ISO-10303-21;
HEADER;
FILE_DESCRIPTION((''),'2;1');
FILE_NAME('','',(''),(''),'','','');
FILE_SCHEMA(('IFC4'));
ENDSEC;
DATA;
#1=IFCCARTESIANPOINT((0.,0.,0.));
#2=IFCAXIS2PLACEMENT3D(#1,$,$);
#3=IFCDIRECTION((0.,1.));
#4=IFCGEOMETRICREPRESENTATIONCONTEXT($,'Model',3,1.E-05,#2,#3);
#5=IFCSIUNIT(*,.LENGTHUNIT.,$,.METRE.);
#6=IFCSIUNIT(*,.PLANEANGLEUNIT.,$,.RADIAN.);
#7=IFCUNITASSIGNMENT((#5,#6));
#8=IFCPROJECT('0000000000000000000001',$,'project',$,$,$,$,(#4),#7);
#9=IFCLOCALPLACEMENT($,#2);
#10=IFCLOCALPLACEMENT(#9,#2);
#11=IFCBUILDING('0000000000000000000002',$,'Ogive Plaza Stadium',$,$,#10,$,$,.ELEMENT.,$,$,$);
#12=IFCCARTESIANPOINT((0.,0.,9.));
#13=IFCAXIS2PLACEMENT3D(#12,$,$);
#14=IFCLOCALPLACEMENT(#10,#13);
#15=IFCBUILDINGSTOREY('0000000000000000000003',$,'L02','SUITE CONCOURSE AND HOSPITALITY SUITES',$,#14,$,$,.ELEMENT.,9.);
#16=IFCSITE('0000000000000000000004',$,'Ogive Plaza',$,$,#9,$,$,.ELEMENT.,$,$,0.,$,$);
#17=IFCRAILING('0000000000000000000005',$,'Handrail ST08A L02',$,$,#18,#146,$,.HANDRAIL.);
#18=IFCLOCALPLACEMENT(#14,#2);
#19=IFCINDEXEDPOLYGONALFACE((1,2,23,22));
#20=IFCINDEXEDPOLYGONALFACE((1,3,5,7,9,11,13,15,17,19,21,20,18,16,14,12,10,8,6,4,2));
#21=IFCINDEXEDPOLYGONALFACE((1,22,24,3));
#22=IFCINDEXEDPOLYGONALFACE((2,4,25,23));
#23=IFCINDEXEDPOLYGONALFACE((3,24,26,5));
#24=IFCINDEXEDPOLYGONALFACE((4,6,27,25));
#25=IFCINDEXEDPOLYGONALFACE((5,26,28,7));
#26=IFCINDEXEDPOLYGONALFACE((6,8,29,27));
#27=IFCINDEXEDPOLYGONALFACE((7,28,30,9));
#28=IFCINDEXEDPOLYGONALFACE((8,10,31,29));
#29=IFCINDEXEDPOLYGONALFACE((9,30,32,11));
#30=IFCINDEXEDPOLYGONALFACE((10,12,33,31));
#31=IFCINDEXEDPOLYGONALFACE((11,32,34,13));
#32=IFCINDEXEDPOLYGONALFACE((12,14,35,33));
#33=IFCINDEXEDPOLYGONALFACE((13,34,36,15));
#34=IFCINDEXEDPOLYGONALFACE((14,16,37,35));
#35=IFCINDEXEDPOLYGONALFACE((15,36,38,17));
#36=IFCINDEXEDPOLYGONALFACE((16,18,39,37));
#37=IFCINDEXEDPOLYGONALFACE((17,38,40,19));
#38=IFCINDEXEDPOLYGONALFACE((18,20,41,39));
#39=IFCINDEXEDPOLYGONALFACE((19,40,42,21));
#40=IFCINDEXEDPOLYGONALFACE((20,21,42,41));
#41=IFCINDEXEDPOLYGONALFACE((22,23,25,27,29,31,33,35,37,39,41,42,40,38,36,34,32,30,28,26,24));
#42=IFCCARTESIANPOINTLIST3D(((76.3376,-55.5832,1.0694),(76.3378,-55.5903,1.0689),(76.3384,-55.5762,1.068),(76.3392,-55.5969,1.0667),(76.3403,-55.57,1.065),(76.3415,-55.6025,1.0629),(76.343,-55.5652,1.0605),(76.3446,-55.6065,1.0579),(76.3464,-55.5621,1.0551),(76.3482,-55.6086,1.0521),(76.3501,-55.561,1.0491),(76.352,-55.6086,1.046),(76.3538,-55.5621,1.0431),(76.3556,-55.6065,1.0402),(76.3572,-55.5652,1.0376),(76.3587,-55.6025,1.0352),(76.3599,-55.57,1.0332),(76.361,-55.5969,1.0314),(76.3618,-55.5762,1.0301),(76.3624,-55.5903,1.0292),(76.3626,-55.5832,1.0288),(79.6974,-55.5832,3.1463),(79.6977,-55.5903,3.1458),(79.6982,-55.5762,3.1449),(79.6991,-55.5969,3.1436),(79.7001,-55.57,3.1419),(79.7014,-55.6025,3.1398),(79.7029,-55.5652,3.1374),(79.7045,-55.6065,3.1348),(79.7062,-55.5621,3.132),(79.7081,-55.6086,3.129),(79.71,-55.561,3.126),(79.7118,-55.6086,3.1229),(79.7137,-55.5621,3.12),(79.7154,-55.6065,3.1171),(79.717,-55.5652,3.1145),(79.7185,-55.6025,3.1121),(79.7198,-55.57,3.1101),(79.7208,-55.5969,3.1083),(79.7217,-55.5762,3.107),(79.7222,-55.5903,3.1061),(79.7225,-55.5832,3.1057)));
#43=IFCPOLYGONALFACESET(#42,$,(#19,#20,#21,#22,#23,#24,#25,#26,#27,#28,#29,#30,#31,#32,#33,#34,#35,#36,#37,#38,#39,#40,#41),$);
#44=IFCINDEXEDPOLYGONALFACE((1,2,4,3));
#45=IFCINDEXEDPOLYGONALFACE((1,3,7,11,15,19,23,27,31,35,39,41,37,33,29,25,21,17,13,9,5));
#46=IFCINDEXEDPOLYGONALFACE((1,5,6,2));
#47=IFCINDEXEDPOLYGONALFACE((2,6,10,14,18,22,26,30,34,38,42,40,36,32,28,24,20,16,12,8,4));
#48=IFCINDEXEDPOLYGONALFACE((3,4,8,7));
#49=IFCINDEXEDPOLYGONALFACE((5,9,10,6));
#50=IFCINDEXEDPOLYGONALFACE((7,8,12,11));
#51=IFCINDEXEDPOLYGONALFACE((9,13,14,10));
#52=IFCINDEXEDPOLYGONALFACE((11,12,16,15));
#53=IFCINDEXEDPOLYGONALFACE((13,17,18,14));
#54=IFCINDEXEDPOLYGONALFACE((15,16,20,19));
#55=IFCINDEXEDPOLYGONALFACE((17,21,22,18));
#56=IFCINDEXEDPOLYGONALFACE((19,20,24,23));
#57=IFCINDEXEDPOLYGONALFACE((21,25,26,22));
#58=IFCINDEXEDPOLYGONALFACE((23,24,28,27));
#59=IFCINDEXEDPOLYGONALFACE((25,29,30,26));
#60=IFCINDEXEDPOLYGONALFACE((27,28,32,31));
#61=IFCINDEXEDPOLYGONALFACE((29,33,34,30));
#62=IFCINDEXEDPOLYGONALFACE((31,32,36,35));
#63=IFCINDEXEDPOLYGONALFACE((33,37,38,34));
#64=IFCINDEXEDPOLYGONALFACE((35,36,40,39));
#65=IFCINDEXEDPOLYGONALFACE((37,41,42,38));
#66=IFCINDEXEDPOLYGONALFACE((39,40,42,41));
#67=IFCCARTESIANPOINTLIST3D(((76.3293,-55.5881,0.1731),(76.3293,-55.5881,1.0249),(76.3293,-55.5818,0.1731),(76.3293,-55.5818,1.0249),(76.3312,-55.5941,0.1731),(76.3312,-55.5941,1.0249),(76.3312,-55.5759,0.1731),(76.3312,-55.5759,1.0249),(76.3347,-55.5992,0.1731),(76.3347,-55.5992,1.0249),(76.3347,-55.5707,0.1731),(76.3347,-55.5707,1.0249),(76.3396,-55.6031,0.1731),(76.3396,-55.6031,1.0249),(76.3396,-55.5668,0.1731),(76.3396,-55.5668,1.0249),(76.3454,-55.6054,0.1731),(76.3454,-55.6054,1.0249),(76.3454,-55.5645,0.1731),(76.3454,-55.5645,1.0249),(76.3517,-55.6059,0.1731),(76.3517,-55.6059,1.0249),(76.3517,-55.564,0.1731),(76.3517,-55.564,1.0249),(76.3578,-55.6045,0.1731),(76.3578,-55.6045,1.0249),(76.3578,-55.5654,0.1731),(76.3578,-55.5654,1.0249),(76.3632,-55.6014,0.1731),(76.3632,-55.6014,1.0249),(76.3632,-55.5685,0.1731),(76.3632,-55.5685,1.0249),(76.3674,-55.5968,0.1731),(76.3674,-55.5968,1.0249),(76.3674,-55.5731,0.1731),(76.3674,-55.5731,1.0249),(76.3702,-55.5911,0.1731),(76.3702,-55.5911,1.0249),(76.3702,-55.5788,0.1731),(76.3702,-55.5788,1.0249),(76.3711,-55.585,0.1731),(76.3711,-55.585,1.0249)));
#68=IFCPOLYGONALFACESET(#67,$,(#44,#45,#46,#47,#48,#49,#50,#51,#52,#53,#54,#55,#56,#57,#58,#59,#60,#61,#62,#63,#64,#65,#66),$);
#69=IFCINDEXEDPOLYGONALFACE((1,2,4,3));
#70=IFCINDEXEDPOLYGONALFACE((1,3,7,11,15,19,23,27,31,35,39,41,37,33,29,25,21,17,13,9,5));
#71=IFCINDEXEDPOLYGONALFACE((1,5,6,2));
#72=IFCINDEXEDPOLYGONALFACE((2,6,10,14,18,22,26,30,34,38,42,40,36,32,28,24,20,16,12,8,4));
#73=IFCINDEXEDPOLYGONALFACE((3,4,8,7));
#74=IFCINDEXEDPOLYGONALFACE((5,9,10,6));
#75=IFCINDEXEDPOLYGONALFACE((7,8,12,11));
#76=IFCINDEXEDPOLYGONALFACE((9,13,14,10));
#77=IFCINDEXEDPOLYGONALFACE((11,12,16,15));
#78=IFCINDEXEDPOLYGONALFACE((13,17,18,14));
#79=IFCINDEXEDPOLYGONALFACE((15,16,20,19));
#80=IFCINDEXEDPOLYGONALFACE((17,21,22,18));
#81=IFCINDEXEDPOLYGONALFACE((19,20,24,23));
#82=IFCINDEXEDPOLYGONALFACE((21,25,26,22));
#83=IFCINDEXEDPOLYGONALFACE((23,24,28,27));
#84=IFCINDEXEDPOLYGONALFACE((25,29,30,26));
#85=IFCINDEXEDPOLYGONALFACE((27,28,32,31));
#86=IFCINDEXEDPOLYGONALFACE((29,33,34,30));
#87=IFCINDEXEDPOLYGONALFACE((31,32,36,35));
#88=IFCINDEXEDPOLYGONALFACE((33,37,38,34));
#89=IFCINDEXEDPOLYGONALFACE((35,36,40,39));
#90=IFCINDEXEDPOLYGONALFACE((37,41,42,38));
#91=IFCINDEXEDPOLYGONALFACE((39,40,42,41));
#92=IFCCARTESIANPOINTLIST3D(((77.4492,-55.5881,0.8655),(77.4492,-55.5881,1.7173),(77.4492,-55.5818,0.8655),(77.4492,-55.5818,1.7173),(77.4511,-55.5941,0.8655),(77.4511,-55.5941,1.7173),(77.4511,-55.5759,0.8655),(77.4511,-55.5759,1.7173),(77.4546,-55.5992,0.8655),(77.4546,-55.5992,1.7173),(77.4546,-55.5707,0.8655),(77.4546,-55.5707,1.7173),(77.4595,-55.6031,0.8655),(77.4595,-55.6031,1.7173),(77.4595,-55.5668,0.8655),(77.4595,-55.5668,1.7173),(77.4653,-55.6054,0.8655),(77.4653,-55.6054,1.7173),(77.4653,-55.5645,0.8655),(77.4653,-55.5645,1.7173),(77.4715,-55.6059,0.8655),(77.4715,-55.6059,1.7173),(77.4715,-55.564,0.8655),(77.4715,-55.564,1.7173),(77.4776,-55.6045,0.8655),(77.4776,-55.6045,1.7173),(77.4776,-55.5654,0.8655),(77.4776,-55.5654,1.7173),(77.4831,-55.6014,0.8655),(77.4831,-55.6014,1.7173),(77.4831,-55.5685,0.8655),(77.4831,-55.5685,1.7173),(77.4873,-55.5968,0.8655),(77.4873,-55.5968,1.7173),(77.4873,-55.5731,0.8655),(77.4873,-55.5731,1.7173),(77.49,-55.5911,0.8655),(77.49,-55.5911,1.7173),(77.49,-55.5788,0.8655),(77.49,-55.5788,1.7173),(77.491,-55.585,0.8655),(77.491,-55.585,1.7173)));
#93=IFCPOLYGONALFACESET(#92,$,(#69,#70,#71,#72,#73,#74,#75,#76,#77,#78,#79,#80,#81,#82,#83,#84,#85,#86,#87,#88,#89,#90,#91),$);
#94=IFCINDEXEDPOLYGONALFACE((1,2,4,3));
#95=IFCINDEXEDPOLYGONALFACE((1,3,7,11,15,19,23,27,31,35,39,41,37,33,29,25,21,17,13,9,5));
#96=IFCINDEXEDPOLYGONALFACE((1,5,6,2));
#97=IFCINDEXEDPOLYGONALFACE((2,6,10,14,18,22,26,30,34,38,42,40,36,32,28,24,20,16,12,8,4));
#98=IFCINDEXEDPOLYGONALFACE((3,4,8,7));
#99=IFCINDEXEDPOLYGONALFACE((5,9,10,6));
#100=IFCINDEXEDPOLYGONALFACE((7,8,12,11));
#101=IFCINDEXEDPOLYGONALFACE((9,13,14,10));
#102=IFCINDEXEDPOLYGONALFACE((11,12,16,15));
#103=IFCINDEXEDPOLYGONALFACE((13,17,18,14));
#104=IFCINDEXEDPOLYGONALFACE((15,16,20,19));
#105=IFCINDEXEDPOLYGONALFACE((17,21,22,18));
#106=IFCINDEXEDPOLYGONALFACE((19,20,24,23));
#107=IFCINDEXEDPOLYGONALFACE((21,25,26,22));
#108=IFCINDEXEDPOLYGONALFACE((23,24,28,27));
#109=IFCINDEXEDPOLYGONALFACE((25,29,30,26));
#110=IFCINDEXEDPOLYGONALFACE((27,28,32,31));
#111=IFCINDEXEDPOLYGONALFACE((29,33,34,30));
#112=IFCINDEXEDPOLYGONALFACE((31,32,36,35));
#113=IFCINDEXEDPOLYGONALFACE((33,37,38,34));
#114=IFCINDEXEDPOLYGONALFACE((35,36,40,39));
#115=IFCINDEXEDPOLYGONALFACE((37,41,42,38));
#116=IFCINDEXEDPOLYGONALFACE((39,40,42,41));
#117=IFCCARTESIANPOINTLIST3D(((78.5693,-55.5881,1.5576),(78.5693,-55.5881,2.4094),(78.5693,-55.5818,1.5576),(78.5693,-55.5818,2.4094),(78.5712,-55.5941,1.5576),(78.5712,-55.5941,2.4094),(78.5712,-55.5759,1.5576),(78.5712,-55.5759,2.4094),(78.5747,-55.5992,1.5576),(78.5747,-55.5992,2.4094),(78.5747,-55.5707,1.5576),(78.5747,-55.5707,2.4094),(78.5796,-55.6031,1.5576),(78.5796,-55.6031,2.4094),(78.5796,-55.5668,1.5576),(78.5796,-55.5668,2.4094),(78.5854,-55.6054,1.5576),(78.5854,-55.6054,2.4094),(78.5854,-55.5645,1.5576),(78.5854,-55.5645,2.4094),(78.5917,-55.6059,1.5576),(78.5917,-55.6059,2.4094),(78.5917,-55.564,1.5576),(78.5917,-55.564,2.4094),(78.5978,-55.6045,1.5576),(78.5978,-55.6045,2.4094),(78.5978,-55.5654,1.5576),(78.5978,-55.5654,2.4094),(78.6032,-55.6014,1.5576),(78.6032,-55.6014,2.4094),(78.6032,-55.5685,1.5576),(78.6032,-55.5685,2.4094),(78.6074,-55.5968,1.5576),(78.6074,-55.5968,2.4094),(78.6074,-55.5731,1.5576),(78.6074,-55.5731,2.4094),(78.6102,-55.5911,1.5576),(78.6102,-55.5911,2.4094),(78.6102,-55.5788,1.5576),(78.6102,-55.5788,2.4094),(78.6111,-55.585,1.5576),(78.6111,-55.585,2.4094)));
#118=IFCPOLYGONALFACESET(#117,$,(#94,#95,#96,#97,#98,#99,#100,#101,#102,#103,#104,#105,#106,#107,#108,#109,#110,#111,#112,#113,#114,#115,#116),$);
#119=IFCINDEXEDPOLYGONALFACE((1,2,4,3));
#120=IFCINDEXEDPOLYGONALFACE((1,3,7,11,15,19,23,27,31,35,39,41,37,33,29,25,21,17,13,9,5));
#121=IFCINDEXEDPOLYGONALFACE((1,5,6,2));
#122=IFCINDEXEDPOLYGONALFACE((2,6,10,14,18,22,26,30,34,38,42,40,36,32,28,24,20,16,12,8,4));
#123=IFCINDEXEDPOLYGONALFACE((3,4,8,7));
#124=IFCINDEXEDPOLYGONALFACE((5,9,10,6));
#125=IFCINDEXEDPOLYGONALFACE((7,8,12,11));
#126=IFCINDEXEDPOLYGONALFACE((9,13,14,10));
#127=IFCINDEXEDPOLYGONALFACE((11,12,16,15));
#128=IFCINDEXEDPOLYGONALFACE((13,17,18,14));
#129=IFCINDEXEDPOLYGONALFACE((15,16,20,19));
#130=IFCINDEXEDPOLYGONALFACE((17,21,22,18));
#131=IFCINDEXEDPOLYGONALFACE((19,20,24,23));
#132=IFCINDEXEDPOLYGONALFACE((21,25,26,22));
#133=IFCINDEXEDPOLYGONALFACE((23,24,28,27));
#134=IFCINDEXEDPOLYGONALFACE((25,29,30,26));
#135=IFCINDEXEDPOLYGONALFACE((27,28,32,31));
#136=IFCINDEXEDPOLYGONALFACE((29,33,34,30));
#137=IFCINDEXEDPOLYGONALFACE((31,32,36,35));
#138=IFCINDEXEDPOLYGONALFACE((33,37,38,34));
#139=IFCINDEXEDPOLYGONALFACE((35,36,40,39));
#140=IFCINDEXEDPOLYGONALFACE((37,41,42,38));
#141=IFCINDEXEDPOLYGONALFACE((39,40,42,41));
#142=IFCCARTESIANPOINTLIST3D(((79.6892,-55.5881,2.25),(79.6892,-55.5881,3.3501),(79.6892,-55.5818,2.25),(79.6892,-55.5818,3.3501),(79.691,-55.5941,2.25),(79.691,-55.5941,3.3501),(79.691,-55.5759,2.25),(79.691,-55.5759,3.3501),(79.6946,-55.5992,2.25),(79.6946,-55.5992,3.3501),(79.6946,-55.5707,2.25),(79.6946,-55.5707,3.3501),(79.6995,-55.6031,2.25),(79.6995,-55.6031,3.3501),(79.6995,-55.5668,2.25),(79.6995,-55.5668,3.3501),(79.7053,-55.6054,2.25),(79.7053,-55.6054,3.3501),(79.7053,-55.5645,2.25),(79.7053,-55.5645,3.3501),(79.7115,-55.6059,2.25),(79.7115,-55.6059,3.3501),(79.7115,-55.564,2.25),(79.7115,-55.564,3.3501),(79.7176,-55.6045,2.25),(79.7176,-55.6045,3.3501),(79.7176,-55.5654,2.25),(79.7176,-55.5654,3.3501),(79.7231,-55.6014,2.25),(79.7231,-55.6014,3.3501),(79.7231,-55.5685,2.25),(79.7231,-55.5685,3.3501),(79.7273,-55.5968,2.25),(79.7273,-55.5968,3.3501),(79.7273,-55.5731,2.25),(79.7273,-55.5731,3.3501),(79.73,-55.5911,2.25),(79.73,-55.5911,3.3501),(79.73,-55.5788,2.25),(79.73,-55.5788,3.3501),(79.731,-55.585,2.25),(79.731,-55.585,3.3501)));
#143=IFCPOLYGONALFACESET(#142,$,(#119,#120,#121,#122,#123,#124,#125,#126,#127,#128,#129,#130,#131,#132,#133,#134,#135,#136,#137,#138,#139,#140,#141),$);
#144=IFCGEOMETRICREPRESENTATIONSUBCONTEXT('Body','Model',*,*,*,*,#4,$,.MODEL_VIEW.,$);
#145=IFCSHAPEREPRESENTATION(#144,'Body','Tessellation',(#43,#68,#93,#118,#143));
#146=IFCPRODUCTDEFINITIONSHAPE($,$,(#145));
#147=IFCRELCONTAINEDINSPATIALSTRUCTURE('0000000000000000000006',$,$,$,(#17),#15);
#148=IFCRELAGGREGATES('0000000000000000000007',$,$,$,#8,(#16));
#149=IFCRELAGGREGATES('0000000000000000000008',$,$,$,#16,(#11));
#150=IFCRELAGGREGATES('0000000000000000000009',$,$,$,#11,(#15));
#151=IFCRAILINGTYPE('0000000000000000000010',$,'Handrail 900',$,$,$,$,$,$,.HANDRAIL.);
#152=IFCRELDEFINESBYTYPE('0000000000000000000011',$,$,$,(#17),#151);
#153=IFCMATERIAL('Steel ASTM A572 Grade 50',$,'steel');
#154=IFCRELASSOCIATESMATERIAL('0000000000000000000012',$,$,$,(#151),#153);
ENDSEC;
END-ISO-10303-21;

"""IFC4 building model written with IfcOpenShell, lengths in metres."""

from ifc_helpers import new_model, si_unit, direction, frame, origin, origin_2d, place, context, subcontext, project, spatial, circle, extrude, material, type_object, element, save


model = new_model("IFC4")

# Units and contexts
model_context = context("Model", 3, precision=1e-05, world=origin(), true_north=direction((0.0, 1.0)))
body_context = subcontext(model_context, "Body", "Model", "MODEL_VIEW")
ifc_project = project(units=[si_unit("LENGTHUNIT", "METRE"), si_unit("PLANEANGLEUNIT", "RADIAN")], contexts=[model_context])

# Site, building, storey
site_placement = place(None, origin())
site = spatial("IfcSite", under=ifc_project, at=site_placement, Name="Ogive Plaza", CompositionType="ELEMENT", RefElevation=0.0)
building_placement = place(site_placement, origin())
building = spatial("IfcBuilding", under=site, at=building_placement, Name="Ogive Plaza Stadium", CompositionType="ELEMENT")
storey_placement = place(building_placement, frame((0.0, 0.0, 9.0)))
storey = spatial("IfcBuildingStorey", under=building, at=storey_placement, Name="L02", Description="SUITE CONCOURSE AND HOSPITALITY SUITES", CompositionType="ELEMENT", Elevation=9.0)

# Railing
ifc_material_1 = material(Name="Steel ASTM A572 Grade 50", Category="steel")
railing_type_1 = type_object("IfcRailingType", Name="Handrail 900", PredefinedType="HANDRAIL", material=ifc_material_1)
for number, where, name in (
    (1, (76.3501, -55.585, 0.1731), "Handrail ST08A L02"),
):
    element("IfcRailing", number, at=place(storey_placement, frame(where)), inside=storey, type_object=railing_type_1, Name=name, PredefinedType="HANDRAIL", context=body_context, shape_type="SweptSolid", body=[
        extrude(circle(Radius=0.0239, at=origin_2d()), frame((0.0, 0.0, 0.876), z_axis=(0.850606, 0.0, 0.525803), x_axis=(0.0, 1.0, 0.0)), (0.0, 0.0, 1.0), 3.95),
        extrude(circle(Radius=0.021, at=origin_2d()), origin(), (0.0, 0.0, 1.0), 0.8518),
        extrude(circle(Radius=0.021, at=origin_2d()), frame((1.1199, 0.0, 0.6924)), (0.0, 0.0, 1.0), 0.8518),
        extrude(circle(Radius=0.021, at=origin_2d()), frame((2.24, 0.0, 1.3845)), (0.0, 0.0, 1.0), 0.8518),
        extrude(circle(Radius=0.021, at=origin_2d()), frame((3.3599, 0.0, 2.0769)), (0.0, 0.0, 1.0), 1.1001),
    ])

save(model, "model.ifc")
